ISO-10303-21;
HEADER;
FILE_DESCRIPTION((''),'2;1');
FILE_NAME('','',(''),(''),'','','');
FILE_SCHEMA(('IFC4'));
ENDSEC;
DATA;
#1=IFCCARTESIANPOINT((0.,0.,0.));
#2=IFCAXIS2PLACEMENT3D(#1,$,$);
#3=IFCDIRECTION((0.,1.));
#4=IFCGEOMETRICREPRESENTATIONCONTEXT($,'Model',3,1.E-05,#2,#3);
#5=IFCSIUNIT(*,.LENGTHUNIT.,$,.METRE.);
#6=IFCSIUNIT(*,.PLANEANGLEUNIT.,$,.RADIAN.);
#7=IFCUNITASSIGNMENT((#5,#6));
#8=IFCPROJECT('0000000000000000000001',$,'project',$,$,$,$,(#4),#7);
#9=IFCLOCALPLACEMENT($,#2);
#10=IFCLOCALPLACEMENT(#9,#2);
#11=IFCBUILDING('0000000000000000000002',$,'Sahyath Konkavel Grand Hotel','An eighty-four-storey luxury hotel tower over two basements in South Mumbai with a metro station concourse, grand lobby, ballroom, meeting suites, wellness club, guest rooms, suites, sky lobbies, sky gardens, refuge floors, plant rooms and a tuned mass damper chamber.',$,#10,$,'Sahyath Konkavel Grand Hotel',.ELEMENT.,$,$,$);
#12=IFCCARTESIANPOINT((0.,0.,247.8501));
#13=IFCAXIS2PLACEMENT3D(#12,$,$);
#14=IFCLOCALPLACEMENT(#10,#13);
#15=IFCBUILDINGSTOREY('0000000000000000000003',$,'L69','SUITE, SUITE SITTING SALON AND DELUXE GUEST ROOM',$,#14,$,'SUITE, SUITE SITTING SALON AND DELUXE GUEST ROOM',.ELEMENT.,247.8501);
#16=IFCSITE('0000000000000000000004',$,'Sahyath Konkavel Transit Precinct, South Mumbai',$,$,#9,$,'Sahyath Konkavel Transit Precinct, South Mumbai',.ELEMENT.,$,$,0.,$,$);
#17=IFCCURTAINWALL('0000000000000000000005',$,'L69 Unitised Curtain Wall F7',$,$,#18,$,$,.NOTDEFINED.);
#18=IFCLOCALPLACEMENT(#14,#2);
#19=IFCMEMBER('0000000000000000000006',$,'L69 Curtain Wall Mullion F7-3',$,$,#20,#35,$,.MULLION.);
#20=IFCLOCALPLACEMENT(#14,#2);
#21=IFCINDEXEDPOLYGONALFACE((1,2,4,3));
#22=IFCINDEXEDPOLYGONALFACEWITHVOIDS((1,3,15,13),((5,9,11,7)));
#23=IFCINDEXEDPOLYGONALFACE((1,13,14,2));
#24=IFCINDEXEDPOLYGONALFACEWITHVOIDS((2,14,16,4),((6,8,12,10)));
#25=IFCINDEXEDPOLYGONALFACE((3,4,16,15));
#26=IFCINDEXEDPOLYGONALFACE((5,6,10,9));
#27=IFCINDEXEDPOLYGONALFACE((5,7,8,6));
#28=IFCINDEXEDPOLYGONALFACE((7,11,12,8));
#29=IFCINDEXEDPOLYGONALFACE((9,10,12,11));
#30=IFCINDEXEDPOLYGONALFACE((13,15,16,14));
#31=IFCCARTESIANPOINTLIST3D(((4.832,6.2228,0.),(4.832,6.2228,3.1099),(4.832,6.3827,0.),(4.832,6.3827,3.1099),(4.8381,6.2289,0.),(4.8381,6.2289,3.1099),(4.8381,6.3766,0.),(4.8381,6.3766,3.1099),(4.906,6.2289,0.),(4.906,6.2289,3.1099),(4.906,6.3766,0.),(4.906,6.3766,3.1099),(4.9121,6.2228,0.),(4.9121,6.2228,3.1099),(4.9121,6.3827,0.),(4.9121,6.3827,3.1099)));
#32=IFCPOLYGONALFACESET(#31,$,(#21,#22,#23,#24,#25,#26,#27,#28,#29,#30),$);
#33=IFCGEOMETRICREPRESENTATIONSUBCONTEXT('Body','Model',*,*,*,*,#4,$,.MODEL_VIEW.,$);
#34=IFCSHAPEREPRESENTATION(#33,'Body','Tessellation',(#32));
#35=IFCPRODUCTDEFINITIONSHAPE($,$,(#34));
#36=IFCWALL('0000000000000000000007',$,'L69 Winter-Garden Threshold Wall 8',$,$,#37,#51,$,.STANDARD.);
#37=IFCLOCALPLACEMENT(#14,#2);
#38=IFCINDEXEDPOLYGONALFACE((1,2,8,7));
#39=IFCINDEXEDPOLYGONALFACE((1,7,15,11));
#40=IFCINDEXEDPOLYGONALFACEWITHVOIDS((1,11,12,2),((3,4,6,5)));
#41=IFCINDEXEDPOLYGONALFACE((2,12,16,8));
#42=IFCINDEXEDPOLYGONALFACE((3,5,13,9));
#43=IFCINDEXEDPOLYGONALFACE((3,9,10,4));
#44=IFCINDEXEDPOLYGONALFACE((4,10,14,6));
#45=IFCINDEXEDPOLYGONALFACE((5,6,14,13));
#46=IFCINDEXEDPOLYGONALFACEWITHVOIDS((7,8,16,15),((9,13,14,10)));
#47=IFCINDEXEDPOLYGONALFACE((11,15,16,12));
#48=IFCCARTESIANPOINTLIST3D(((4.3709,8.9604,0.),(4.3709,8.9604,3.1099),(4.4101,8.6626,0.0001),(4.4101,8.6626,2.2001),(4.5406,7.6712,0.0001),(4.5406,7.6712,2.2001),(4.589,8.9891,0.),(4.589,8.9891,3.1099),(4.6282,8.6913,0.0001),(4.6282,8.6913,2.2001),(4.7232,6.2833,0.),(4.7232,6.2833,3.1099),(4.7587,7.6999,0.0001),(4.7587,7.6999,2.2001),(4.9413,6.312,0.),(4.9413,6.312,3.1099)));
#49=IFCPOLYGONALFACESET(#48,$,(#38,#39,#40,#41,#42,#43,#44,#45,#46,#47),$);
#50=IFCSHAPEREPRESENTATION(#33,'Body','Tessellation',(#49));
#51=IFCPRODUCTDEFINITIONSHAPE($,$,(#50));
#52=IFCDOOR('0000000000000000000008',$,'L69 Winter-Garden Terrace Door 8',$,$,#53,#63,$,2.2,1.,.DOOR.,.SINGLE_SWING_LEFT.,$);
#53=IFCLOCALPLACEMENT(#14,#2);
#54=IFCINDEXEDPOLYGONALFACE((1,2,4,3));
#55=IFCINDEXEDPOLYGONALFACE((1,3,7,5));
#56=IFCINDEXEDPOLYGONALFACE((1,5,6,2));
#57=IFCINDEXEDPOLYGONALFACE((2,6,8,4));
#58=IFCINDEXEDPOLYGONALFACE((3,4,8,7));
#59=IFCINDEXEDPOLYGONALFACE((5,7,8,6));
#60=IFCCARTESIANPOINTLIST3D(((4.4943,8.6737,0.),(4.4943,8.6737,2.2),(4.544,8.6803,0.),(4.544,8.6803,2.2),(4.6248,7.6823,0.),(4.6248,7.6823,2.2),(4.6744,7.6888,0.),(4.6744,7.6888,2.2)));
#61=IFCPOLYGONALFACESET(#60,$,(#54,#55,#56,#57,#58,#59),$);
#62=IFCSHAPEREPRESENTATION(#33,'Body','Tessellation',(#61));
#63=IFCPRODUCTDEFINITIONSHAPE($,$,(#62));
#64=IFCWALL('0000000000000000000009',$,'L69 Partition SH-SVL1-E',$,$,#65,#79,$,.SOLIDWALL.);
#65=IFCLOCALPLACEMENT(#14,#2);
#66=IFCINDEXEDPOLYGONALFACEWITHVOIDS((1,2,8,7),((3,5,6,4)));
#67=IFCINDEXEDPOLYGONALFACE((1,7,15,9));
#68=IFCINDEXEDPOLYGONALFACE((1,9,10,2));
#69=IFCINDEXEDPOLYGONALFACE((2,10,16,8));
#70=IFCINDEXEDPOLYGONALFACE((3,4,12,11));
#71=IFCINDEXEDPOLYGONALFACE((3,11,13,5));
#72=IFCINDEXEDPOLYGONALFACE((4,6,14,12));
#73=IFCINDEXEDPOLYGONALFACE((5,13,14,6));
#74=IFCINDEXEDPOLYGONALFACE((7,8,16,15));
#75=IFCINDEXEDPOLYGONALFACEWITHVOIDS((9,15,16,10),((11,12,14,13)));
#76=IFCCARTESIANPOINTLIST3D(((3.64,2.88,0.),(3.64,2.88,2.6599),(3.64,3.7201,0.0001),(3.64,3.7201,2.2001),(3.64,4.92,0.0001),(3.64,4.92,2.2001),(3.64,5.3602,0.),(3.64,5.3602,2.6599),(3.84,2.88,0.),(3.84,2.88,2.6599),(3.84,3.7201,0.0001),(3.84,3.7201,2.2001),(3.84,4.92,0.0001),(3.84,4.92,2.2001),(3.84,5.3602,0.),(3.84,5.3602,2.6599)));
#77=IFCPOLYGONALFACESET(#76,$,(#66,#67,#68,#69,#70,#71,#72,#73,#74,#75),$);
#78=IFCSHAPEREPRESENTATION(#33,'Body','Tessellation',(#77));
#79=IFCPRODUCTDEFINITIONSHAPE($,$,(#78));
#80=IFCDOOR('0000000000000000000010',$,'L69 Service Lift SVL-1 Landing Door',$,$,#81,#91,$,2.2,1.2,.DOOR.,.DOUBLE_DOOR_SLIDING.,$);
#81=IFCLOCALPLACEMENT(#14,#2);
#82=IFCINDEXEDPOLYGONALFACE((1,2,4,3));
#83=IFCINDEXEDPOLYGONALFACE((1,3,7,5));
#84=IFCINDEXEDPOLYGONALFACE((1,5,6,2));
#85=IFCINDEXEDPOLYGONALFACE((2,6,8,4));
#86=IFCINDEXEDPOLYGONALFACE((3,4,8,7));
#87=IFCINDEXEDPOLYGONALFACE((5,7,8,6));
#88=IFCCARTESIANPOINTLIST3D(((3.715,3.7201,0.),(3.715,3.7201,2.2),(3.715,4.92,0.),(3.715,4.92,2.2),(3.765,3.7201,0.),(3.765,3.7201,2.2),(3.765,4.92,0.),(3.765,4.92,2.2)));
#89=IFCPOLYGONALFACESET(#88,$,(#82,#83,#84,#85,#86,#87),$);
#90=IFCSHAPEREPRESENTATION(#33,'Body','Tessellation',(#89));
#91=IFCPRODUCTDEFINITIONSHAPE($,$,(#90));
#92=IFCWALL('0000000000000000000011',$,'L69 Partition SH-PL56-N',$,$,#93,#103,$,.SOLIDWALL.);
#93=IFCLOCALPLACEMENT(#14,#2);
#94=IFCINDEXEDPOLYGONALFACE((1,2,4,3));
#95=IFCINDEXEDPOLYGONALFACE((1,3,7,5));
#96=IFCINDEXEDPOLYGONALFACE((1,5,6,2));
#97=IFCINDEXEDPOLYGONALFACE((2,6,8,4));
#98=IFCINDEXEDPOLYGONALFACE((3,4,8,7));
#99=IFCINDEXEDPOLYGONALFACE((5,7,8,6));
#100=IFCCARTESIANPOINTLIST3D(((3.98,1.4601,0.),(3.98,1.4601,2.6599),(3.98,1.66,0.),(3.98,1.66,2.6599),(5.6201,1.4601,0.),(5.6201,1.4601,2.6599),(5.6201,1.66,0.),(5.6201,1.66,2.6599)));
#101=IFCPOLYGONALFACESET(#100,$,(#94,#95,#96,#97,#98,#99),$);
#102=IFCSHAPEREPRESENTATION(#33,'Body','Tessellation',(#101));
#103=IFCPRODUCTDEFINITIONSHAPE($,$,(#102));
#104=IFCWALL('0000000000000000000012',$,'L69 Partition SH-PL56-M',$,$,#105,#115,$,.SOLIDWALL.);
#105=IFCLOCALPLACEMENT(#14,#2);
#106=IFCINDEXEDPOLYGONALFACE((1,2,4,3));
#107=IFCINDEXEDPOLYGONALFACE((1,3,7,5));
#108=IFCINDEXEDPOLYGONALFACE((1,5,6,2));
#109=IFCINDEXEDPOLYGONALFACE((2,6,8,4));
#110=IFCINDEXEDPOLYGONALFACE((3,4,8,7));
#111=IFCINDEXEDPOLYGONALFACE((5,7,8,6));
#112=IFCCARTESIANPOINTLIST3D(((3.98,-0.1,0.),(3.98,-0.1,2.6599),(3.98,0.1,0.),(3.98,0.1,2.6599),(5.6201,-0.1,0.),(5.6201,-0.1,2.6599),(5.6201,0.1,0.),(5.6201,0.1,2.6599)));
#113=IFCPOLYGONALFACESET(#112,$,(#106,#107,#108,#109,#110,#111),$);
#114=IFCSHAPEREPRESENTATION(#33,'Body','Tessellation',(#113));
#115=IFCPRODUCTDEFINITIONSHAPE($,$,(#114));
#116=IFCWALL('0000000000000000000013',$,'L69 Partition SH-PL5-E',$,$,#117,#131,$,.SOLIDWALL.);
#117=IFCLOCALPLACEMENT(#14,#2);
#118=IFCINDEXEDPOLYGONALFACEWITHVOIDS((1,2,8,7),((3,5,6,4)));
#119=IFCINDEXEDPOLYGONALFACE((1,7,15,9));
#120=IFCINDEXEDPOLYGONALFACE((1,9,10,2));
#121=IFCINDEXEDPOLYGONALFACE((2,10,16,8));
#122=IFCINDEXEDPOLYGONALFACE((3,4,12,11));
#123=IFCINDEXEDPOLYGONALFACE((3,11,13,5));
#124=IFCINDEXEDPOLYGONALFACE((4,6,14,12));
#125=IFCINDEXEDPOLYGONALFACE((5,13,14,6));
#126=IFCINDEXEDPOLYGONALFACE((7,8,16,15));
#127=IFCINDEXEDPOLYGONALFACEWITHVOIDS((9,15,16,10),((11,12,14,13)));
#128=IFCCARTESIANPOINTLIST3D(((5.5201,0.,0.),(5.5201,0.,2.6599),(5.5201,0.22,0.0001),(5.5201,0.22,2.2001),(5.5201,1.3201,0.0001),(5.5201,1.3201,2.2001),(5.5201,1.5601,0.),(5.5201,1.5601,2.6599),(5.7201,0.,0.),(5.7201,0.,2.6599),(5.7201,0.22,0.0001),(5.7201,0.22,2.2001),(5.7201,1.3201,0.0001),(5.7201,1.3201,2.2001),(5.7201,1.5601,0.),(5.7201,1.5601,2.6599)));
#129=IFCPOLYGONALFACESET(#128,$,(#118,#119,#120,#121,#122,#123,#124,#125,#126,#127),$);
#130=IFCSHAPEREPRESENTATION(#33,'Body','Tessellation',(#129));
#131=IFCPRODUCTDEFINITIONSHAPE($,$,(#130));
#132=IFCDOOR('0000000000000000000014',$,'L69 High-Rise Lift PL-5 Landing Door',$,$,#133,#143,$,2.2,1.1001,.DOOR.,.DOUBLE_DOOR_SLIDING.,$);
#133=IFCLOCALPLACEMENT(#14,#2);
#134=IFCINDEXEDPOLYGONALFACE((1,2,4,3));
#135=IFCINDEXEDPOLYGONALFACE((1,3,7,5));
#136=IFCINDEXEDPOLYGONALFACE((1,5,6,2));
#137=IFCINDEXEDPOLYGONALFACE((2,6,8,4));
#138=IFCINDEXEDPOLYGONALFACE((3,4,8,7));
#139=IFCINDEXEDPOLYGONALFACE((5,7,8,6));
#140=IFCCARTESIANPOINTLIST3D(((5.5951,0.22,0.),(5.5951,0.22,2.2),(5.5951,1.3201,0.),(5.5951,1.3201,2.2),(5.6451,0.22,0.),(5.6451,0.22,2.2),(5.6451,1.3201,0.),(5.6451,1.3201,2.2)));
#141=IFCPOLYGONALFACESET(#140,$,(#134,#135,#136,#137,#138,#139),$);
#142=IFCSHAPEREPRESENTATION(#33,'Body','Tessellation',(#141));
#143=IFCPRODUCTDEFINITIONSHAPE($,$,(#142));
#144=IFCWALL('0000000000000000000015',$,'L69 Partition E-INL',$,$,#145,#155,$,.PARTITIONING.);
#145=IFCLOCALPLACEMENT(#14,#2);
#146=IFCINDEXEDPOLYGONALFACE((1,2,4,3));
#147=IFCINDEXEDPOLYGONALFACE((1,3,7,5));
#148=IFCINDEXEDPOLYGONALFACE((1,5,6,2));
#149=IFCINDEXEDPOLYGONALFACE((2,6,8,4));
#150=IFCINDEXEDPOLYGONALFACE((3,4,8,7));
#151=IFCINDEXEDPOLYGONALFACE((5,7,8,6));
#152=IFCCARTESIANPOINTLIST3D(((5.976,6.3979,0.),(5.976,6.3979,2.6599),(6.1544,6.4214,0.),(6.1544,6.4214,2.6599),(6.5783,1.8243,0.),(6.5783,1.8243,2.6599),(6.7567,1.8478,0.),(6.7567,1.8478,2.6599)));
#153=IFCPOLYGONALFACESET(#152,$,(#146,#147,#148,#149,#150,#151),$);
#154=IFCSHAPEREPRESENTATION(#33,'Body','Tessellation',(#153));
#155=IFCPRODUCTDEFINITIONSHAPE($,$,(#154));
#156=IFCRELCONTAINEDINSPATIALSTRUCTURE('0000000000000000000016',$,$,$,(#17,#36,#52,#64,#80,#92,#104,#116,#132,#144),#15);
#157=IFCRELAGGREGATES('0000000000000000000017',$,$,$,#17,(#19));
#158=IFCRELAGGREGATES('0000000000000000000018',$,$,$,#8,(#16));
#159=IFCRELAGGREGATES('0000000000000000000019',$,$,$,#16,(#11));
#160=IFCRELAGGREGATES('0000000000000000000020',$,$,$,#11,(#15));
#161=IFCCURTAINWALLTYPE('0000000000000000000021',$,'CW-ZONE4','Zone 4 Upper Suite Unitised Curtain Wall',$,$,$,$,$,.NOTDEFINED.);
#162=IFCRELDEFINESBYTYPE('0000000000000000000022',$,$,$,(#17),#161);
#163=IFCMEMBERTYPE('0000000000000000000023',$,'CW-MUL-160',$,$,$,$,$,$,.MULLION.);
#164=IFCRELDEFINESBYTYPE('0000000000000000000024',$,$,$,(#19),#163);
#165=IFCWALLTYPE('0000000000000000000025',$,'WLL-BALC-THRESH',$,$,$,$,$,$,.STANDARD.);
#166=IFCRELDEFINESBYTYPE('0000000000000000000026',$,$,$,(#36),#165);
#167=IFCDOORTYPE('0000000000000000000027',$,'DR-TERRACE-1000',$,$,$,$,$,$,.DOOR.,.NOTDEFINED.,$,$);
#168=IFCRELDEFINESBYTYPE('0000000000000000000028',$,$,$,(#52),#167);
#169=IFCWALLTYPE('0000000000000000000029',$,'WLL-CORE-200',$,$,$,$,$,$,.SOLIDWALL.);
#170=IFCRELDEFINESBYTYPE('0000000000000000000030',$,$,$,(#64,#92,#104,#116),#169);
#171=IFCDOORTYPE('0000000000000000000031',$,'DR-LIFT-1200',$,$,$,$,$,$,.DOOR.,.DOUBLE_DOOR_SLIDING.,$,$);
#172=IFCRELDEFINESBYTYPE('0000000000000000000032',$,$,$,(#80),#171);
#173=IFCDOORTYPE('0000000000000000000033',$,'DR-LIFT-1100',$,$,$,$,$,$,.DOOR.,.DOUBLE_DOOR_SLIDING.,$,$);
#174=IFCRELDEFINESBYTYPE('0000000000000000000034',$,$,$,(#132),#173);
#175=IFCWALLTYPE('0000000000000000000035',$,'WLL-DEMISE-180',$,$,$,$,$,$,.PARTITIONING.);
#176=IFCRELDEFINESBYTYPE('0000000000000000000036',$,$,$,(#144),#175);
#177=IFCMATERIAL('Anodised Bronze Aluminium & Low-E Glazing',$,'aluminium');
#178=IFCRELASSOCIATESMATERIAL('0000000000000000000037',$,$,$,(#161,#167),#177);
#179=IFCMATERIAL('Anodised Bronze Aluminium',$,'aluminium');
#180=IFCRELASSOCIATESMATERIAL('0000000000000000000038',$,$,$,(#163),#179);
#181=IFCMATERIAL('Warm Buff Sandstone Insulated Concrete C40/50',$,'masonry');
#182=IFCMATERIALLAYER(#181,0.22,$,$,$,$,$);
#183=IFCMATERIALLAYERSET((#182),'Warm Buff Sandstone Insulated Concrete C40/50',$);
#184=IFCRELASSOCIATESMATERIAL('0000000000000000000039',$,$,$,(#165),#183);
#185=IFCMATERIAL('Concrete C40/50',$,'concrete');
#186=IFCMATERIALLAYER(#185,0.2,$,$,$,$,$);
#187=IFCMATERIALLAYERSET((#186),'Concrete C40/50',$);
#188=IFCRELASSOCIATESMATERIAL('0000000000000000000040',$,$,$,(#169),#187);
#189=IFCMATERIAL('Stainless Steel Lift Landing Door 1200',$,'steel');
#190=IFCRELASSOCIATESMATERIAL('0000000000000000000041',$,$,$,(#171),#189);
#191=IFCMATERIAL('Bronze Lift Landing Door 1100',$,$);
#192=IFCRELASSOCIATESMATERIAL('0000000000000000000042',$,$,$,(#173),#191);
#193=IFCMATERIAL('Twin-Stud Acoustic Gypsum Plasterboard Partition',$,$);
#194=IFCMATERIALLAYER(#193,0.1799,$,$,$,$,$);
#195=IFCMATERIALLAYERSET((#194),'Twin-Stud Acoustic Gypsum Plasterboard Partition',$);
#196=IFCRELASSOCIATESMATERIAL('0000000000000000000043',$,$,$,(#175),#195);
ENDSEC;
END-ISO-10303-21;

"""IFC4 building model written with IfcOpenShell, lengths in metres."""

from ifc_helpers import new_model, si_unit, direction, frame, frame_2d, origin, origin_2d, place, context, subcontext, project, spatial, rectangle, hollow_rectangle, extrude, source, transform, mapped, material, layer, layer_set, material_profile, profile_set, type_object, element, fill, aggregate, save


model = new_model("IFC4")

# Units and contexts
model_context = context("Model", 3, precision=1e-05, world=origin(), true_north=direction((0.0, 1.0)))
body_context = subcontext(model_context, "Body", "Model", "MODEL_VIEW")
ifc_project = project(units=[si_unit("LENGTHUNIT", "METRE"), si_unit("PLANEANGLEUNIT", "RADIAN")], contexts=[model_context])

# Site, building, storey
site_placement = place(None, origin())
site = spatial("IfcSite", under=ifc_project, at=site_placement, Name="Sahyath Konkavel Transit Precinct, South Mumbai", LongName="Sahyath Konkavel Transit Precinct, South Mumbai", CompositionType="ELEMENT", RefElevation=0.0)
building_placement = place(site_placement, origin())
building = spatial("IfcBuilding", under=site, at=building_placement, Name="Sahyath Konkavel Grand Hotel", Description="An eighty-four-storey luxury hotel tower over two basements in South Mumbai with a metro station concourse, grand lobby, ballroom, meeting suites, wellness club, guest rooms, suites, sky lobbies, sky gardens, refuge floors, plant rooms and a tuned mass damper chamber.", LongName="Sahyath Konkavel Grand Hotel", CompositionType="ELEMENT")
storey_placement = place(building_placement, frame((0.0, 0.0, 247.8501)))
storey = spatial("IfcBuildingStorey", under=building, at=storey_placement, Name="L69", Description="SUITE, SUITE SITTING SALON AND DELUXE GUEST ROOM", LongName="SUITE, SUITE SITTING SALON AND DELUXE GUEST ROOM", CompositionType="ELEMENT", Elevation=247.8501)

# Shared definitions
ifc_material_1 = material(Name="Concrete C40/50", Category="concrete")

# Curtain wall, member
ifc_material_2 = material(Name="Anodised Bronze Aluminium & Low-E Glazing", Category="aluminium")
curtain_wall_type = type_object("IfcCurtainWallType", Name="CW-ZONE4", Description="Zone 4 Upper Suite Unitised Curtain Wall", PredefinedType="NOTDEFINED", material=ifc_material_2)
curtain_wall_placement = place(storey_placement, origin())
curtain_wall = element("IfcCurtainWall", 1, at=curtain_wall_placement, inside=storey, type_object=curtain_wall_type, Name="L69 Unitised Curtain Wall F7", PredefinedType="NOTDEFINED")
ifc_material_3 = material(Name="Anodised Bronze Aluminium", Category="aluminium")
ifc_material_profile_1 = material_profile(ifc_material_3, hollow_rectangle(XDim=0.0801, YDim=0.1599, WallThickness=0.0061, at=origin_2d()), Name="RHS 160x80x6")
ifc_profile_set_1 = profile_set([ifc_material_profile_1], Name="Anodised Bronze Aluminium")
member_type = type_object("IfcMemberType", Name="CW-MUL-160", PredefinedType="MULLION", material=ifc_profile_set_1)
shared_shape_1 = source(origin(), body_context, "Body", "SweptSolid", [
    extrude(hollow_rectangle(XDim=0.0801, YDim=0.1599, WallThickness=0.0061, at=origin_2d()), origin(), (0.0, 0.0, 1.0), 3.1099),
])
member_placement = place(storey_placement, frame((4.8721, 6.3027, 0.0), z_axis=(0.0, 0.0, 1.0), x_axis=(1.0, 0.0, 0.0)))
member = element("IfcMember", 2, at=member_placement, type_object=member_type, Name="L69 Curtain Wall Mullion F7-3", PredefinedType="MULLION", context=body_context, shape_type="MappedRepresentation", body=[
    mapped(shared_shape_1, transform((0.0, 0.0, 0.0), scale=1.0)),
])
aggregate(curtain_wall, [member])

# Walls, openings, doors
ifc_material_4 = material(Name="Warm Buff Sandstone Insulated Concrete C40/50", Category="masonry")
ifc_layer_1 = layer(ifc_material_4, 0.22)
ifc_layer_set_1 = layer_set([ifc_layer_1], Name="Warm Buff Sandstone Insulated Concrete C40/50")
wall_type_1 = type_object("IfcWallType", Name="WLL-BALC-THRESH", PredefinedType="STANDARD", material=ifc_layer_set_1)
wall_1_placement = place(storey_placement, frame((4.8323, 6.2976, 0.0), z_axis=(0.0, 0.0, 1.0), x_axis=(-0.130476, 0.991452, 0.0)))
wall_1 = element("IfcWall", 3, at=wall_1_placement, inside=storey, type_object=wall_type_1, Name="L69 Winter-Garden Threshold Wall 8", PredefinedType="STANDARD", context=body_context, shape_type="SweptSolid", body=[
    extrude(rectangle(XDim=2.7002, YDim=0.22, at=frame_2d((1.3501, 0.0))), origin(), (0.0, 0.0, 1.0), 3.1099),
])
opening_1_placement = place(wall_1_placement, frame((1.3999, 0.0, 0.0)))
opening_1 = element("IfcOpeningElement", 4, at=opening_1_placement, cuts=wall_1, PredefinedType="OPENING", context=body_context, shape_type="SweptSolid", body=[
    extrude(rectangle(XDim=1.0, YDim=2.2, at=frame_2d((0.5, 1.1001))), frame((0.0, 0.1201, 0.0), z_axis=(0.0, -1.0, 0.0), x_axis=(1.0, 0.0, 0.0)), (0.0, 0.0, 1.0), 0.24),
])
door_type_1 = type_object("IfcDoorType", Name="DR-TERRACE-1000", OperationType="NOTDEFINED", PredefinedType="DOOR", material=ifc_material_2)
shared_shape_2 = source(origin(), body_context, "Body", "SweptSolid", [
    extrude(rectangle(XDim=1.0, YDim=0.05, at=origin_2d()), origin(), (0.0, 0.0, 1.0), 2.2),
])
door_1_placement = place(opening_1_placement, frame((0.5, 0.0, 0.0)))
door_1 = element("IfcDoor", 5, at=door_1_placement, inside=storey, type_object=door_type_1, Name="L69 Winter-Garden Terrace Door 8", OperationType="SINGLE_SWING_LEFT", OverallHeight=2.2, OverallWidth=1.0, PredefinedType="DOOR", context=body_context, shape_type="MappedRepresentation", body=[
    mapped(shared_shape_2, transform((0.0, 0.0, 0.0), scale=1.0)),
])
fill(opening_1, door_1)
ifc_layer_2 = layer(ifc_material_1, 0.2)
ifc_layer_set_2 = layer_set([ifc_layer_2], Name="Concrete C40/50")
wall_type_2 = type_object("IfcWallType", Name="WLL-CORE-200", PredefinedType="SOLIDWALL", material=ifc_layer_set_2)
wall_2_placement = place(storey_placement, frame((3.74, 2.8799, 0.0), z_axis=(0.0, 0.0, 1.0), x_axis=(0.0, 1.0, 0.0)))
wall_2 = element("IfcWall", 6, at=wall_2_placement, inside=storey, type_object=wall_type_2, Name="L69 Partition SH-SVL1-E", PredefinedType="SOLIDWALL", context=body_context, shape_type="SweptSolid", body=[
    extrude(rectangle(XDim=2.4802, YDim=0.2, at=frame_2d((1.2402, 0.0))), origin(), (0.0, 0.0, 1.0), 2.6599),
])
opening_2_placement = place(wall_2_placement, frame((0.8401, 0.0, 0.0)))
opening_2 = element("IfcOpeningElement", 7, at=opening_2_placement, cuts=wall_2, PredefinedType="OPENING", context=body_context, shape_type="SweptSolid", body=[
    extrude(rectangle(XDim=1.2, YDim=2.2, at=frame_2d((0.6001, 1.1001))), frame((0.0, 0.1099, 0.0), z_axis=(0.0, -1.0, 0.0), x_axis=(1.0, 0.0, 0.0)), (0.0, 0.0, 1.0), 0.22),
])
ifc_material_5 = material(Name="Stainless Steel Lift Landing Door 1200", Category="steel")
door_type_2 = type_object("IfcDoorType", Name="DR-LIFT-1200", OperationType="DOUBLE_DOOR_SLIDING", PredefinedType="DOOR", material=ifc_material_5)
shared_shape_3 = source(origin(), body_context, "Body", "SweptSolid", [
    extrude(rectangle(XDim=1.2, YDim=0.05, at=origin_2d()), origin(), (0.0, 0.0, 1.0), 2.2),
])
door_2_placement = place(opening_2_placement, frame((0.6001, 0.0, 0.0)))
door_2 = element("IfcDoor", 8, at=door_2_placement, inside=storey, type_object=door_type_2, Name="L69 Service Lift SVL-1 Landing Door", OperationType="DOUBLE_DOOR_SLIDING", OverallHeight=2.2, OverallWidth=1.2, PredefinedType="DOOR", context=body_context, shape_type="MappedRepresentation", body=[
    mapped(shared_shape_3, transform((0.0, 0.0, 0.0), scale=1.0)),
])
fill(opening_2, door_2)

# Walls
for number, where, z_axis, x_axis, name in (
    (9, (3.98, 1.5601, 0.0), (0.0, 0.0, 1.0), (1.0, 0.0, 0.0), "L69 Partition SH-PL56-N"),
    (10, (3.98, 0.0, 0.0), (0.0, 0.0, 1.0), (1.0, 0.0, 0.0), "L69 Partition SH-PL56-M"),
):
    element("IfcWall", number, at=place(storey_placement, frame(where, z_axis=z_axis, x_axis=x_axis)), inside=storey, type_object=wall_type_2, Name=name, PredefinedType="SOLIDWALL", context=body_context, shape_type="SweptSolid", body=[
        extrude(rectangle(XDim=1.6401, YDim=0.2, at=frame_2d((0.8201, 0.0))), origin(), (0.0, 0.0, 1.0), 2.6599),
    ])

# Wall, opening, door
wall_3_placement = place(storey_placement, frame((5.6201, 0.0, 0.0), z_axis=(0.0, 0.0, 1.0), x_axis=(0.0, 1.0, 0.0)))
wall_3 = element("IfcWall", 11, at=wall_3_placement, inside=storey, type_object=wall_type_2, Name="L69 Partition SH-PL5-E", PredefinedType="SOLIDWALL", context=body_context, shape_type="SweptSolid", body=[
    extrude(rectangle(XDim=1.5601, YDim=0.2, at=frame_2d((0.78, 0.0))), origin(), (0.0, 0.0, 1.0), 2.6599),
])
opening_3_placement = place(wall_3_placement, frame((0.22, 0.0, 0.0)))
opening_3 = element("IfcOpeningElement", 12, at=opening_3_placement, cuts=wall_3, PredefinedType="OPENING", context=body_context, shape_type="SweptSolid", body=[
    extrude(rectangle(XDim=1.1001, YDim=2.2, at=frame_2d((0.55, 1.1001))), frame((0.0, 0.1099, 0.0), z_axis=(0.0, -1.0, 0.0), x_axis=(1.0, 0.0, 0.0)), (0.0, 0.0, 1.0), 0.22),
])
ifc_material_6 = material(Name="Bronze Lift Landing Door 1100")
door_type_3 = type_object("IfcDoorType", Name="DR-LIFT-1100", OperationType="DOUBLE_DOOR_SLIDING", PredefinedType="DOOR", material=ifc_material_6)
shared_shape_4 = source(origin(), body_context, "Body", "SweptSolid", [
    extrude(rectangle(XDim=1.1001, YDim=0.05, at=origin_2d()), origin(), (0.0, 0.0, 1.0), 2.2),
])
door_3_placement = place(opening_3_placement, frame((0.55, 0.0, 0.0)))
door_3 = element("IfcDoor", 13, at=door_3_placement, inside=storey, type_object=door_type_3, Name="L69 High-Rise Lift PL-5 Landing Door", OperationType="DOUBLE_DOOR_SLIDING", OverallHeight=2.2, OverallWidth=1.1001, PredefinedType="DOOR", context=body_context, shape_type="MappedRepresentation", body=[
    mapped(shared_shape_4, transform((0.0, 0.0, 0.0), scale=1.0)),
])
fill(opening_3, door_3)

# Wall
ifc_material_7 = material(Name="Twin-Stud Acoustic Gypsum Plasterboard Partition")
ifc_layer_3 = layer(ifc_material_7, 0.1799)
ifc_layer_set_3 = layer_set([ifc_layer_3], Name="Twin-Stud Acoustic Gypsum Plasterboard Partition")
wall_type_3 = type_object("IfcWallType", Name="WLL-DEMISE-180", PredefinedType="PARTITIONING", material=ifc_layer_set_3)
wall_4_placement = place(storey_placement, frame((6.6675, 1.8359, 0.0), z_axis=(0.0, 0.0, 1.0), x_axis=(-0.130565, 0.99144, 0.0)))
element("IfcWall", 14, at=wall_4_placement, inside=storey, type_object=wall_type_3, Name="L69 Partition E-INL", PredefinedType="PARTITIONING", context=body_context, shape_type="SweptSolid", body=[
    extrude(rectangle(XDim=4.613, YDim=0.1799, at=frame_2d((2.3066, 0.0))), origin(), (0.0, 0.0, 1.0), 2.6599),
])

save(model, "model.ifc")
